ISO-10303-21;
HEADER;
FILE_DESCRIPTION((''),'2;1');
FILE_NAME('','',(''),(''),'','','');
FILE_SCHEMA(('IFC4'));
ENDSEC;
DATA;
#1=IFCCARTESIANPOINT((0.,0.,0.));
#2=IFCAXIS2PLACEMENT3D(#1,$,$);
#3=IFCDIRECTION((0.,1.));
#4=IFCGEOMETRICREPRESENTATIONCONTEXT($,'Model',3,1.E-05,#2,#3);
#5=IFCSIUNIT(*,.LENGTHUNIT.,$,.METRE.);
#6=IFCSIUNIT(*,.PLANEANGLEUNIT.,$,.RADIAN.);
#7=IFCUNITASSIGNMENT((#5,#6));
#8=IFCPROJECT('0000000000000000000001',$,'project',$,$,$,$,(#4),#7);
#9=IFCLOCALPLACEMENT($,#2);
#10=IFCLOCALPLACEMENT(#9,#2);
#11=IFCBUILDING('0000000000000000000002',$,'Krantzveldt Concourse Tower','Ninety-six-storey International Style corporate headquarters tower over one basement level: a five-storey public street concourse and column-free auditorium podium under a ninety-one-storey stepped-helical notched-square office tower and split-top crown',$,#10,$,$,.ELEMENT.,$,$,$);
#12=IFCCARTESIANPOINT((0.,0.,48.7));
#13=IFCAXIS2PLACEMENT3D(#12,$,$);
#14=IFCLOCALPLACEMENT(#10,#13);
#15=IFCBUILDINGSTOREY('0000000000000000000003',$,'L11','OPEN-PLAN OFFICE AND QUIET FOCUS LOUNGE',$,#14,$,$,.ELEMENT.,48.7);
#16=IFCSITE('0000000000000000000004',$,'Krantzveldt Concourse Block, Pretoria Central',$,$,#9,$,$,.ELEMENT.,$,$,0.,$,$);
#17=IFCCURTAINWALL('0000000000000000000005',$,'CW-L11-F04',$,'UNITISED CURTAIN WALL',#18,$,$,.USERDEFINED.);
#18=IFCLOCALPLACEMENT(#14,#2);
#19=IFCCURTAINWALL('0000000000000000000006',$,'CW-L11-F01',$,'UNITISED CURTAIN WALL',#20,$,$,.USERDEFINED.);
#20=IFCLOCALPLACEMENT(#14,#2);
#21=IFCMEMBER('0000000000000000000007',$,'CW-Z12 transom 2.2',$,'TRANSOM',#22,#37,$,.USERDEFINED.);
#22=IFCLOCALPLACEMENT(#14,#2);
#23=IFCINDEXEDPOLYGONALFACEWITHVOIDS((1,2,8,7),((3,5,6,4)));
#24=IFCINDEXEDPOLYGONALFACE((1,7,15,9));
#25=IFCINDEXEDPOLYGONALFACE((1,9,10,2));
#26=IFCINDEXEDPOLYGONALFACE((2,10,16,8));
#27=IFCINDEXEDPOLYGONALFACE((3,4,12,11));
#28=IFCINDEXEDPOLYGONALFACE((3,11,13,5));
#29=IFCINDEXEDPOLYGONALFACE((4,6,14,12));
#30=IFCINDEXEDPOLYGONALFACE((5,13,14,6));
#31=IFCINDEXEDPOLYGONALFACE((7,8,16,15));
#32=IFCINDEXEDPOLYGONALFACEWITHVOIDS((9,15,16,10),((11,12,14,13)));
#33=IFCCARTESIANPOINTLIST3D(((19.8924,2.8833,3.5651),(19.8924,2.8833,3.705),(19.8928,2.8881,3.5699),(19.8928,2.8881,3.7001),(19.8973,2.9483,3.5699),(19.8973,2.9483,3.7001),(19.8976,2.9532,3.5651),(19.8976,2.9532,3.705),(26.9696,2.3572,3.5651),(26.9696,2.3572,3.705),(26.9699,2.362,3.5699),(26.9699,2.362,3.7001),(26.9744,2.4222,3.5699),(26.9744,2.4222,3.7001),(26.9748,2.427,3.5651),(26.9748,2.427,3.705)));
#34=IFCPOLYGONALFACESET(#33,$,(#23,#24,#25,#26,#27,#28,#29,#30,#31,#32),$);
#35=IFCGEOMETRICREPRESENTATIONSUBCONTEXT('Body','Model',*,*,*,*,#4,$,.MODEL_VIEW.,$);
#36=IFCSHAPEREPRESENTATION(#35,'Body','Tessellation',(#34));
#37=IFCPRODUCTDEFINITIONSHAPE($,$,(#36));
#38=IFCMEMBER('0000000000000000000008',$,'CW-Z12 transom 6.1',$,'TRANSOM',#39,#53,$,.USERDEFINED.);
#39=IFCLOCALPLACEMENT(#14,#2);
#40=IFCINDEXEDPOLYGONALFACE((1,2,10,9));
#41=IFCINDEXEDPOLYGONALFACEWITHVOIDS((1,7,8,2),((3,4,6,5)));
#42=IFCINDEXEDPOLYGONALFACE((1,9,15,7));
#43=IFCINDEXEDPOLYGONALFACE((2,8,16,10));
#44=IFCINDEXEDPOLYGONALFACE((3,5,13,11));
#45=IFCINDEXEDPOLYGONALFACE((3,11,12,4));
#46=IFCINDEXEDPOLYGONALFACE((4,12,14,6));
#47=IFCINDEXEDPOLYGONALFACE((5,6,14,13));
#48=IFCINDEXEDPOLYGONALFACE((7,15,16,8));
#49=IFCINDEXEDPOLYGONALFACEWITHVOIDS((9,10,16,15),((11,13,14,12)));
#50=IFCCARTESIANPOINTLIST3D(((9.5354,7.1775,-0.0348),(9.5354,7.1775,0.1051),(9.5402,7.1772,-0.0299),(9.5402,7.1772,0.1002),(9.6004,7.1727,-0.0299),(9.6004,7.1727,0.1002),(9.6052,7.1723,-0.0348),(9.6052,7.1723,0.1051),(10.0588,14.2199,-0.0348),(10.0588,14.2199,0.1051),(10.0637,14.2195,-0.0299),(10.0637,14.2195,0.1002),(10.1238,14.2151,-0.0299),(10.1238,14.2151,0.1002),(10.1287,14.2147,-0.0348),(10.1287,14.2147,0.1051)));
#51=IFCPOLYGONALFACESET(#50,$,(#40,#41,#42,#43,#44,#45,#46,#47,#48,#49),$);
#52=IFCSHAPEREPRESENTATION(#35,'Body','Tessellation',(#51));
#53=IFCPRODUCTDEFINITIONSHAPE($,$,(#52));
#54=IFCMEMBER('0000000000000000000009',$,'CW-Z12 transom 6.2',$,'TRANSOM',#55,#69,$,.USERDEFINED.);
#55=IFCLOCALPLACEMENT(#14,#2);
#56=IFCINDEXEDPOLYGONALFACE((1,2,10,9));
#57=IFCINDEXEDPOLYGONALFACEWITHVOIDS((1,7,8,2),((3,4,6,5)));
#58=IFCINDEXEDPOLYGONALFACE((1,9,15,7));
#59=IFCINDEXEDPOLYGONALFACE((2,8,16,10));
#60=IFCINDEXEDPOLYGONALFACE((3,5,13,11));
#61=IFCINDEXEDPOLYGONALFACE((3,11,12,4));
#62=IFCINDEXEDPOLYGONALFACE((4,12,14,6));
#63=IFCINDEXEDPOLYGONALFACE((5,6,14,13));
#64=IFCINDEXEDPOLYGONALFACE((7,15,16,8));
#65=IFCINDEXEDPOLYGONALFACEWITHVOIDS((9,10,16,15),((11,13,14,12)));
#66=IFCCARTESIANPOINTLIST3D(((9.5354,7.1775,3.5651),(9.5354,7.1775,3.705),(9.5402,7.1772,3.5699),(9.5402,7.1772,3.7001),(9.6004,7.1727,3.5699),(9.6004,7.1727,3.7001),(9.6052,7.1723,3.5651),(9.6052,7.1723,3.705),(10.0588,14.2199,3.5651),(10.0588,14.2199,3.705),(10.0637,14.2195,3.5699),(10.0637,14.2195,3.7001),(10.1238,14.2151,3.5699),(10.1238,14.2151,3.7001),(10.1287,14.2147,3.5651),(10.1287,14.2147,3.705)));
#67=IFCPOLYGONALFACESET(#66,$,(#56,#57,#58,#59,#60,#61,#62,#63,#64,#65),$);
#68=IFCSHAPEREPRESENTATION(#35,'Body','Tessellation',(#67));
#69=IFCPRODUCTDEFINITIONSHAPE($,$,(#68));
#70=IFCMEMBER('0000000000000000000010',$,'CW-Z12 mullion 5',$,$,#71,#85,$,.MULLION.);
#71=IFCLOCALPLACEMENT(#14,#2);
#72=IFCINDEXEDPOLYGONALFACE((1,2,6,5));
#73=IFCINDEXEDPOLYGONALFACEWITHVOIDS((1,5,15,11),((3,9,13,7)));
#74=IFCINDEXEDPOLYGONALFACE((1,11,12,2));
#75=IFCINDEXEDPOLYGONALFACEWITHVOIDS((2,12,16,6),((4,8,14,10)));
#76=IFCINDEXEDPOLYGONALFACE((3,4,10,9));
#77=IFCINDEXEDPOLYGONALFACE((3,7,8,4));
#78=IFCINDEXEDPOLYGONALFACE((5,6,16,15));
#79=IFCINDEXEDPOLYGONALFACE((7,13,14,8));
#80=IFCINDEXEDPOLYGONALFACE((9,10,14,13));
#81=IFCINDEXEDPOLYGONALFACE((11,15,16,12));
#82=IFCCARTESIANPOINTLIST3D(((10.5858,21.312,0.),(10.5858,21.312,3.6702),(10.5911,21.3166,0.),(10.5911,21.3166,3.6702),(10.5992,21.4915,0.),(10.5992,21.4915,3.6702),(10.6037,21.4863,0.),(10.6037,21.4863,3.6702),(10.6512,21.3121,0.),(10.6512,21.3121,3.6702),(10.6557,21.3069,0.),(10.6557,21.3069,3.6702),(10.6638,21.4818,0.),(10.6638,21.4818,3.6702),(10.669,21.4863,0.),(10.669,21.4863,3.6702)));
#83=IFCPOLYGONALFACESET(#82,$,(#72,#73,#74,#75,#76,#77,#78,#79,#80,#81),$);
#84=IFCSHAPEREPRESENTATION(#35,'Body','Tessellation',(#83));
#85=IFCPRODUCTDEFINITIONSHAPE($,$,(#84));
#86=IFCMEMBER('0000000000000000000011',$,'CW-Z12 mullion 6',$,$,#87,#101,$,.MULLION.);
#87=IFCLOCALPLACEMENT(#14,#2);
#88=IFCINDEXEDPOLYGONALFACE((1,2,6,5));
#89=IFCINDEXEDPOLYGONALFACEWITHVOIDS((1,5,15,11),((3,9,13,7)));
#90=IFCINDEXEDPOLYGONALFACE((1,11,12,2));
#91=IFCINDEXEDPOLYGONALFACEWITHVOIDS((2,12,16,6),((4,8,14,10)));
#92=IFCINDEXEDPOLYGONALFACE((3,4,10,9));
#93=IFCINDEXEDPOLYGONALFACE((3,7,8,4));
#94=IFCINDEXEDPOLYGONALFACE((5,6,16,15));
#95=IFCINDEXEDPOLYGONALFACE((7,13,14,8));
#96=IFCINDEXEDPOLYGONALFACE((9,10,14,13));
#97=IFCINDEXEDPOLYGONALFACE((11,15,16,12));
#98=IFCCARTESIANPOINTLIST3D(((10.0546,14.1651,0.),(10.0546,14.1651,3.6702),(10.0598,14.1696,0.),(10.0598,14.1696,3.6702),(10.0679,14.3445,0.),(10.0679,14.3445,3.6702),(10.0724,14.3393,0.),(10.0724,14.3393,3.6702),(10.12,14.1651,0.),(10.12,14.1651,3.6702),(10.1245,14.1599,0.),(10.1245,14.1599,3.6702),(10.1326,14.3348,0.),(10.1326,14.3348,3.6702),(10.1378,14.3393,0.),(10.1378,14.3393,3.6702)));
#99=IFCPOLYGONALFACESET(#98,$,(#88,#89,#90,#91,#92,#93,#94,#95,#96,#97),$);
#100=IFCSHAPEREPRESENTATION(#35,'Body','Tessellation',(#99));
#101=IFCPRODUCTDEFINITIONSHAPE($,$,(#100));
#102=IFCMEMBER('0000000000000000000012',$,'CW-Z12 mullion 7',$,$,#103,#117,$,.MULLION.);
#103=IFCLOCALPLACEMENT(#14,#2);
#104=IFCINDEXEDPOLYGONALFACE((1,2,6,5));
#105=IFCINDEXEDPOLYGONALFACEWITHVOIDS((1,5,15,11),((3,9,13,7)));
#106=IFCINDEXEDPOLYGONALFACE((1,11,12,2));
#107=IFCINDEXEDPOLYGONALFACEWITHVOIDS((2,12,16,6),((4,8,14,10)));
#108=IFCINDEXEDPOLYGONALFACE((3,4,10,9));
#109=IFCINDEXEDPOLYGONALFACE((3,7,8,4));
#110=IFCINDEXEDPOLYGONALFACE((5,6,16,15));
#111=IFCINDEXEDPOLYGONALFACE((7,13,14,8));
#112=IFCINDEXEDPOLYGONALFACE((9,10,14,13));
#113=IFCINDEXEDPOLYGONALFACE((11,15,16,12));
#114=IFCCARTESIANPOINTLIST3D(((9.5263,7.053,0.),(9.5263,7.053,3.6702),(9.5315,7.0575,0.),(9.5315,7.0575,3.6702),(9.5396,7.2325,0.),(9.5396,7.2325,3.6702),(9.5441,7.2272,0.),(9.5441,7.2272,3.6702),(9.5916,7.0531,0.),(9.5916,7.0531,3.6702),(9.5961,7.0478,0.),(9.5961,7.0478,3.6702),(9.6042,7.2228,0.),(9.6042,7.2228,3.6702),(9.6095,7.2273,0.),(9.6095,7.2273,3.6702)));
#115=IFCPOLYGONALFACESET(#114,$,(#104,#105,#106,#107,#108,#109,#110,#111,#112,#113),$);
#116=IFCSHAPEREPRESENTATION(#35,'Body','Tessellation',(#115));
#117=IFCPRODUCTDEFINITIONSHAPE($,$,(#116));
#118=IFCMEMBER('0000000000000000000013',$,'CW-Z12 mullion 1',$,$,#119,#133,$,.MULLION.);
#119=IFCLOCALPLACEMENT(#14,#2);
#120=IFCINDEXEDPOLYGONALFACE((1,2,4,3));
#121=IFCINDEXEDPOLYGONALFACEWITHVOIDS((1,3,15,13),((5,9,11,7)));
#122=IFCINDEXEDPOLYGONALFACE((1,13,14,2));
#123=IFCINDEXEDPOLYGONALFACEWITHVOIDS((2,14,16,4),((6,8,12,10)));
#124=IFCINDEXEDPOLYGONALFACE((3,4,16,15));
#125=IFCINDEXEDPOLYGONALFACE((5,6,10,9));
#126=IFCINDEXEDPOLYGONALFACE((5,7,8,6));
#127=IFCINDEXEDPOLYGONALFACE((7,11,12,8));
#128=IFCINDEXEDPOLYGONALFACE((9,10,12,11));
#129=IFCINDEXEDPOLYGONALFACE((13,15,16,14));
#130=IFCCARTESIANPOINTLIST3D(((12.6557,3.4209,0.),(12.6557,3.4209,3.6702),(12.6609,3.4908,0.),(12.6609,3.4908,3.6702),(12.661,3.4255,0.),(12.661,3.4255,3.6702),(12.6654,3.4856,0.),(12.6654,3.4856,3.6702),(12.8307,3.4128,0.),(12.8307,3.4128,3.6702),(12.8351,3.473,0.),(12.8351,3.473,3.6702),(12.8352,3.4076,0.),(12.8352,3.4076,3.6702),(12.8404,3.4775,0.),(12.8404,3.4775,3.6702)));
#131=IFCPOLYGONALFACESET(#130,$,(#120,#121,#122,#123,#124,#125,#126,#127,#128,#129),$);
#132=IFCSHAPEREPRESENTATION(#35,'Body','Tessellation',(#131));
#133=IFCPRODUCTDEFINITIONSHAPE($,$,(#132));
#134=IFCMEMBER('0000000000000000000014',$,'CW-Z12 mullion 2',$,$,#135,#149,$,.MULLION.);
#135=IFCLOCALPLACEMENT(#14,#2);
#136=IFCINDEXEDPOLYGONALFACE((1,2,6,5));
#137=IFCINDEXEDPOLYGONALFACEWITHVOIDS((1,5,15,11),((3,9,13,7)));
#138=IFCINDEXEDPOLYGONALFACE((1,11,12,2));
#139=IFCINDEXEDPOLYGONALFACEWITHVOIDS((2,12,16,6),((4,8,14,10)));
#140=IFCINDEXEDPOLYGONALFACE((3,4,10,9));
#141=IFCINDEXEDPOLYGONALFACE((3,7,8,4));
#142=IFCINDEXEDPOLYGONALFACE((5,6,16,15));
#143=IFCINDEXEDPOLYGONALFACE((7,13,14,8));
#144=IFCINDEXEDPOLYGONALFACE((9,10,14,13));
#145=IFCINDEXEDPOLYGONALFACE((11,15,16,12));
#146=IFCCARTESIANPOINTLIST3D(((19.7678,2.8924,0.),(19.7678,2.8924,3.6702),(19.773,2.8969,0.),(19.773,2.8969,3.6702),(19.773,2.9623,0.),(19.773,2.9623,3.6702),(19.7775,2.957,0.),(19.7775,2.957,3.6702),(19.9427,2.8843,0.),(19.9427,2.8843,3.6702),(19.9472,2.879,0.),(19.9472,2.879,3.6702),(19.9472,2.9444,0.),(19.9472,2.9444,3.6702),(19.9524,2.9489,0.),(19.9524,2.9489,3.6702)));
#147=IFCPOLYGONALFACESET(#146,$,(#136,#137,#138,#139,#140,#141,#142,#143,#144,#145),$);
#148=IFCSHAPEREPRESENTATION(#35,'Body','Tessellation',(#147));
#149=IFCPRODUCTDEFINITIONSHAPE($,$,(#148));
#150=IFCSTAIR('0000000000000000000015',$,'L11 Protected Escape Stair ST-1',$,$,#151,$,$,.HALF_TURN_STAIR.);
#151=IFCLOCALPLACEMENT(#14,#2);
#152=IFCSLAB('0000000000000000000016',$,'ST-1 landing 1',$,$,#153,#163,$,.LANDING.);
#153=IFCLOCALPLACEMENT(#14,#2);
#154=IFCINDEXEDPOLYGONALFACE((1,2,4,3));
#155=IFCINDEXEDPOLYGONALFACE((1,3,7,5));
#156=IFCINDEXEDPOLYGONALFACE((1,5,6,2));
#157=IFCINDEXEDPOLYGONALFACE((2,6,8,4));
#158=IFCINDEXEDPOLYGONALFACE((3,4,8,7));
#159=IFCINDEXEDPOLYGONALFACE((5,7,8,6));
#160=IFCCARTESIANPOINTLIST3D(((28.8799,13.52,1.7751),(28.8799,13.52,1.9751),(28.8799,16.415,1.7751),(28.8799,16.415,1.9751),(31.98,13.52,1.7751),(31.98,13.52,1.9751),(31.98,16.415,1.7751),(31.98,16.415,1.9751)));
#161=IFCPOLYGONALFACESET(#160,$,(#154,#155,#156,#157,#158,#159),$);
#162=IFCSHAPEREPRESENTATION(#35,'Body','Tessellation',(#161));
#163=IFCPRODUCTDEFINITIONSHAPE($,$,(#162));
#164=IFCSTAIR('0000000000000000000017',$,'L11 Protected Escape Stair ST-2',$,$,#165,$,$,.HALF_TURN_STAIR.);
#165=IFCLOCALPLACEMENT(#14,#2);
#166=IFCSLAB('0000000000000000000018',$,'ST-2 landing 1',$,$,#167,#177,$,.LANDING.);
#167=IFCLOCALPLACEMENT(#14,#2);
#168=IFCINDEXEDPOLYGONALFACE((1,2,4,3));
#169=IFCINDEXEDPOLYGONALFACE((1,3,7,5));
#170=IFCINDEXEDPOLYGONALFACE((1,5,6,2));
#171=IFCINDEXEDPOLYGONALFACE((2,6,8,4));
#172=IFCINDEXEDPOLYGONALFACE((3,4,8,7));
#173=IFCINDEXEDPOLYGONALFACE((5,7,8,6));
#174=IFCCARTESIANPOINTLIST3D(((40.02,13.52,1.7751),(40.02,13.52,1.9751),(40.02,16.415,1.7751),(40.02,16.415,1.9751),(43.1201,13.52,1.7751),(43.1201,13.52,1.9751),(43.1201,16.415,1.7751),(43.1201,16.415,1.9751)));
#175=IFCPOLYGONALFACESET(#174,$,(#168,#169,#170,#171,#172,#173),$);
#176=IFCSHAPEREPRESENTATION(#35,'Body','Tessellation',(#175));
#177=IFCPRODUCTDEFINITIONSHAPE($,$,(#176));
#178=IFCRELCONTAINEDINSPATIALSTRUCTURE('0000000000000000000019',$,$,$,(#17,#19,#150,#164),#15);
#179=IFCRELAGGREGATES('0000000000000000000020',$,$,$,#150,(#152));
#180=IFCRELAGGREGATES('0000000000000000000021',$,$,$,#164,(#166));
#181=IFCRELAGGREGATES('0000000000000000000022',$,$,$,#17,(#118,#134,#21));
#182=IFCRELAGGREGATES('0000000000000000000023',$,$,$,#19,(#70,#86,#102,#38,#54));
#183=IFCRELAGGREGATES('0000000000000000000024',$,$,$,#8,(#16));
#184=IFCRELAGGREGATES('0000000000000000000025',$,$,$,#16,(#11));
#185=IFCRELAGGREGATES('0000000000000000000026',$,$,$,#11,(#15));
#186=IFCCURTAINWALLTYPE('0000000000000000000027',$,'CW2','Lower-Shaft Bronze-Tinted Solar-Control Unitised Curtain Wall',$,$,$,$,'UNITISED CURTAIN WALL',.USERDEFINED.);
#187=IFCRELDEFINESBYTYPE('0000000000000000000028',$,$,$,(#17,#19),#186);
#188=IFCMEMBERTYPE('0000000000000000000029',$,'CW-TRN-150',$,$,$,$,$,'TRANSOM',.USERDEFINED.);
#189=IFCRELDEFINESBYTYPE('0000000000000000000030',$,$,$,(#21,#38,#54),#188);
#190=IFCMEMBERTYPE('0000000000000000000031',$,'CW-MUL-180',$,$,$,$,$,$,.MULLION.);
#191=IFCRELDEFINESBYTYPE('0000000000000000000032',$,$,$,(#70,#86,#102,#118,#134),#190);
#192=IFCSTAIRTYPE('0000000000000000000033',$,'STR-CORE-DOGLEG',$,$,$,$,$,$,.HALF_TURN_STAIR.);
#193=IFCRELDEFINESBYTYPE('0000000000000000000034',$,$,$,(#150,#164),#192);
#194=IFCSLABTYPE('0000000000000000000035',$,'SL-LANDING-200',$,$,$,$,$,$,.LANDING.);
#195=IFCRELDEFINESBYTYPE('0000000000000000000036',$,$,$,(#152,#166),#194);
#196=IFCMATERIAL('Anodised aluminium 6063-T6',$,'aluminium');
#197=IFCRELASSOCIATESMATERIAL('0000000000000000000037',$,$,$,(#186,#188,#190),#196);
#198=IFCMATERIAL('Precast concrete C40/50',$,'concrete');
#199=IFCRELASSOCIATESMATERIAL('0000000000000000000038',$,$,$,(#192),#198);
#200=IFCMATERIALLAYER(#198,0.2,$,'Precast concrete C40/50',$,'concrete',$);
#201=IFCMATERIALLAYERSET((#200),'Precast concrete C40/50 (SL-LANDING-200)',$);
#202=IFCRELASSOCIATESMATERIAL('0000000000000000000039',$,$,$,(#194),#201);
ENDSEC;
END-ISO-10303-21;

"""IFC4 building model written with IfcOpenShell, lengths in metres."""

from ifc_helpers import new_model, si_unit, direction, frame, origin, origin_2d, place, context, subcontext, project, spatial, polyline, hollow_rectangle, outline, extrude, source, transform, mapped, material, layer, layer_set, material_profile, profile_set, type_object, type_shapes, element, aggregate, save


model = new_model("IFC4")

# Units and contexts
model_context = context("Model", 3, precision=1e-05, world=origin(), true_north=direction((0.0, 1.0)))
body_context = subcontext(model_context, "Body", "Model", "MODEL_VIEW")
ifc_project = project(units=[si_unit("LENGTHUNIT", "METRE"), si_unit("PLANEANGLEUNIT", "RADIAN")], contexts=[model_context])

# Site, building, storey
site_placement = place(None, origin())
site = spatial("IfcSite", under=ifc_project, at=site_placement, Name="Krantzveldt Concourse Block, Pretoria Central", CompositionType="ELEMENT", RefElevation=0.0)
building_placement = place(site_placement, origin())
building = spatial("IfcBuilding", under=site, at=building_placement, Name="Krantzveldt Concourse Tower", Description="Ninety-six-storey International Style corporate headquarters tower over one basement level: a five-storey public street concourse and column-free auditorium podium under a ninety-one-storey stepped-helical notched-square office tower and split-top crown", CompositionType="ELEMENT")
storey_placement = place(building_placement, frame((0.0, 0.0, 48.7)))
storey = spatial("IfcBuildingStorey", under=building, at=storey_placement, Name="L11", Description="OPEN-PLAN OFFICE AND QUIET FOCUS LOUNGE", CompositionType="ELEMENT", Elevation=48.7)

# Curtain walls
ifc_material_1 = material(Name="Anodised aluminium 6063-T6", Category="aluminium")
curtain_wall_type = type_object("IfcCurtainWallType", Name="CW2", Description="Lower-Shaft Bronze-Tinted Solar-Control Unitised Curtain Wall", ElementType="UNITISED CURTAIN WALL", PredefinedType="USERDEFINED", material=ifc_material_1)
curtain_wall_1_placement = place(storey_placement, origin())
curtain_wall_1 = element("IfcCurtainWall", 1, at=curtain_wall_1_placement, inside=storey, type_object=curtain_wall_type, Name="CW-L11-F04", ObjectType="UNITISED CURTAIN WALL", PredefinedType="USERDEFINED")
ifc_material_profile_1 = material_profile(ifc_material_1, hollow_rectangle(XDim=0.0701, YDim=0.1399, WallThickness=0.0049, at=origin_2d()), Name="Anodised aluminium 6063-T6", Category="aluminium")
ifc_profile_set_1 = profile_set([ifc_material_profile_1], Name="Anodised aluminium 6063-T6 - ALU-TRAN 140x70x5")
member_type_1 = type_object("IfcMemberType", Name="CW-TRN-150", ElementType="TRANSOM", PredefinedType="USERDEFINED", material=ifc_profile_set_1)
curtain_wall_2_placement = place(storey_placement, origin())
curtain_wall_2 = element("IfcCurtainWall", 2, at=curtain_wall_2_placement, inside=storey, type_object=curtain_wall_type, Name="CW-L11-F01", ObjectType="UNITISED CURTAIN WALL", PredefinedType="USERDEFINED")
shared_shape_1 = source(origin(), body_context, "Body", "SweptSolid", [
    extrude(hollow_rectangle(XDim=0.0701, YDim=0.1399, WallThickness=0.0049, at=origin_2d()), origin(), (0.0, 0.0, 1.0), 7.0967),
])

# Members
member_1_placement = place(storey_placement, frame((19.895, 2.9182, 3.635), z_axis=(0.997248, -0.074137, 0.0), x_axis=(0.074137, 0.997248, 0.0)))
member_1 = element("IfcMember", 3, at=member_1_placement, type_object=member_type_1, Name="CW-Z12 transom 2.2", ObjectType="TRANSOM", PredefinedType="USERDEFINED", context=body_context, shape_type="MappedRepresentation", body=[
    mapped(shared_shape_1, transform((0.0, 0.0, 0.0), x_axis=(1.0, 0.0, 0.0), y_axis=(0.0, 1.0, 0.0), z_axis=(0.0, 0.0, 1.0), scale=1.0)),
])
shared_shape_2 = source(origin(), body_context, "Body", "SweptSolid", [
    extrude(hollow_rectangle(XDim=0.0701, YDim=0.1399, WallThickness=0.0049, at=origin_2d()), origin(), (0.0, 0.0, 1.0), 7.0618),
])
member_2_placement = place(storey_placement, frame((10.0938, 14.2173, 0.0352), z_axis=(-0.074124, -0.997249, 0.0), x_axis=(0.997249, -0.074124, 0.0)))
member_2 = element("IfcMember", 4, at=member_2_placement, type_object=member_type_1, Name="CW-Z12 transom 6.1", ObjectType="TRANSOM", PredefinedType="USERDEFINED", context=body_context, shape_type="MappedRepresentation", body=[
    mapped(shared_shape_2, transform((0.0, 0.0, 0.0), x_axis=(1.0, 0.0, 0.0), y_axis=(0.0, 1.0, 0.0), z_axis=(0.0, 0.0, 1.0), scale=1.0)),
])
member_3_placement = place(storey_placement, frame((10.0938, 14.2173, 3.635), z_axis=(-0.074124, -0.997249, 0.0), x_axis=(0.997249, -0.074124, 0.0)))
member_3 = element("IfcMember", 5, at=member_3_placement, type_object=member_type_1, Name="CW-Z12 transom 6.2", ObjectType="TRANSOM", PredefinedType="USERDEFINED", context=body_context, shape_type="MappedRepresentation", body=[
    mapped(shared_shape_2, transform((0.0, 0.0, 0.0), x_axis=(1.0, 0.0, 0.0), y_axis=(0.0, 1.0, 0.0), z_axis=(0.0, 0.0, 1.0), scale=1.0)),
])
ifc_material_profile_2 = material_profile(ifc_material_1, hollow_rectangle(XDim=0.0701, YDim=0.1799, WallThickness=0.0049, at=origin_2d()), Name="Anodised aluminium 6063-T6", Category="aluminium")
ifc_profile_set_2 = profile_set([ifc_material_profile_2], Name="Anodised aluminium 6063-T6 - ALU-MULL 180x70x5")
member_type_2 = type_object("IfcMemberType", Name="CW-MUL-180", PredefinedType="MULLION", material=ifc_profile_set_2)
shared_shape_3 = source(origin(), body_context, "Body", "SweptSolid", [
    extrude(hollow_rectangle(XDim=0.0701, YDim=0.1799, WallThickness=0.0049, at=origin_2d()), origin(), (0.0, 0.0, 1.0), 3.6702),
])
type_shapes(member_type_2, [shared_shape_3])
member_4_placement = place(storey_placement, frame((10.6274, 21.3992, 0.0), z_axis=(0.0, 0.0, 1.0), x_axis=(0.99725, -0.074109, 0.0)))
member_4 = element("IfcMember", 6, at=member_4_placement, type_object=member_type_2, Name="CW-Z12 mullion 5", PredefinedType="MULLION", context=body_context, shape_type="MappedRepresentation", body=[
    mapped(shared_shape_3, transform((0.0, 0.0, 0.0), x_axis=(1.0, 0.0, 0.0), y_axis=(0.0, 1.0, 0.0), z_axis=(0.0, 0.0, 1.0), scale=1.0)),
])
member_5_placement = place(storey_placement, frame((10.0962, 14.2522, 0.0), z_axis=(0.0, 0.0, 1.0), x_axis=(0.99725, -0.074109, 0.0)))
member_5 = element("IfcMember", 7, at=member_5_placement, type_object=member_type_2, Name="CW-Z12 mullion 6", PredefinedType="MULLION", context=body_context, shape_type="MappedRepresentation", body=[
    mapped(shared_shape_3, transform((0.0, 0.0, 0.0), x_axis=(1.0, 0.0, 0.0), y_axis=(0.0, 1.0, 0.0), z_axis=(0.0, 0.0, 1.0), scale=1.0)),
])
member_6_placement = place(storey_placement, frame((9.5679, 7.1401, 0.0), z_axis=(0.0, 0.0, 1.0), x_axis=(0.99725, -0.074109, 0.0)))
member_6 = element("IfcMember", 8, at=member_6_placement, type_object=member_type_2, Name="CW-Z12 mullion 7", PredefinedType="MULLION", context=body_context, shape_type="MappedRepresentation", body=[
    mapped(shared_shape_3, transform((0.0, 0.0, 0.0), x_axis=(1.0, 0.0, 0.0), y_axis=(0.0, 1.0, 0.0), z_axis=(0.0, 0.0, 1.0), scale=1.0)),
])
member_7_placement = place(storey_placement, frame((12.748, 3.4492, 0.0), z_axis=(0.0, 0.0, 1.0), x_axis=(0.074109, 0.99725, 0.0)))
member_7 = element("IfcMember", 9, at=member_7_placement, type_object=member_type_2, Name="CW-Z12 mullion 1", PredefinedType="MULLION", context=body_context, shape_type="MappedRepresentation", body=[
    mapped(shared_shape_3, transform((0.0, 0.0, 0.0), x_axis=(1.0, 0.0, 0.0), y_axis=(0.0, 1.0, 0.0), z_axis=(0.0, 0.0, 1.0), scale=1.0)),
])
member_8_placement = place(storey_placement, frame((19.8601, 2.9207, 0.0), z_axis=(0.0, 0.0, 1.0), x_axis=(0.074109, 0.99725, 0.0)))
member_8 = element("IfcMember", 10, at=member_8_placement, type_object=member_type_2, Name="CW-Z12 mullion 2", PredefinedType="MULLION", context=body_context, shape_type="MappedRepresentation", body=[
    mapped(shared_shape_3, transform((0.0, 0.0, 0.0), x_axis=(1.0, 0.0, 0.0), y_axis=(0.0, 1.0, 0.0), z_axis=(0.0, 0.0, 1.0), scale=1.0)),
])

# Stairs, slabs
ifc_material_2 = material(Name="Precast concrete C40/50", Category="concrete")
stair_type = type_object("IfcStairType", Name="STR-CORE-DOGLEG", PredefinedType="HALF_TURN_STAIR", material=ifc_material_2)
stair_1_placement = place(storey_placement, origin())
stair_1 = element("IfcStair", 11, at=stair_1_placement, inside=storey, type_object=stair_type, Name="L11 Protected Escape Stair ST-1", PredefinedType="HALF_TURN_STAIR")
ifc_layer_1 = layer(ifc_material_2, 0.2, Name="Precast concrete C40/50", Category="concrete")
ifc_layer_set_1 = layer_set([ifc_layer_1], Name="Precast concrete C40/50 (SL-LANDING-200)")
slab_type_1 = type_object("IfcSlabType", Name="SL-LANDING-200", PredefinedType="LANDING", material=ifc_layer_set_1)
slab_1_placement = place(storey_placement, frame((0.0, 0.0, 1.7751)))
slab_1 = element("IfcSlab", 12, at=slab_1_placement, type_object=slab_type_1, Name="ST-1 landing 1", PredefinedType="LANDING", context=body_context, shape_type="SweptSolid", body=[
    extrude(outline(polyline([(28.8799, 16.415), (28.8799, 13.52), (31.98, 13.52), (31.98, 16.415), (28.8799, 16.415)])), origin(), (0.0, 0.0, 1.0), 0.2),
])
aggregate(stair_1, [slab_1])
stair_2_placement = place(storey_placement, origin())
stair_2 = element("IfcStair", 13, at=stair_2_placement, inside=storey, type_object=stair_type, Name="L11 Protected Escape Stair ST-2", PredefinedType="HALF_TURN_STAIR")
slab_2_placement = place(storey_placement, frame((0.0, 0.0, 1.7751)))
slab_2 = element("IfcSlab", 14, at=slab_2_placement, type_object=slab_type_1, Name="ST-2 landing 1", PredefinedType="LANDING", context=body_context, shape_type="SweptSolid", body=[
    extrude(outline(polyline([(40.02, 16.415), (40.02, 13.52), (43.1201, 13.52), (43.1201, 16.415), (40.02, 16.415)])), origin(), (0.0, 0.0, 1.0), 0.2),
])
aggregate(stair_2, [slab_2])

aggregate(curtain_wall_1, [member_7, member_8, member_1])
aggregate(curtain_wall_2, [member_4, member_5, member_6, member_2, member_3])

save(model, "model.ifc")
